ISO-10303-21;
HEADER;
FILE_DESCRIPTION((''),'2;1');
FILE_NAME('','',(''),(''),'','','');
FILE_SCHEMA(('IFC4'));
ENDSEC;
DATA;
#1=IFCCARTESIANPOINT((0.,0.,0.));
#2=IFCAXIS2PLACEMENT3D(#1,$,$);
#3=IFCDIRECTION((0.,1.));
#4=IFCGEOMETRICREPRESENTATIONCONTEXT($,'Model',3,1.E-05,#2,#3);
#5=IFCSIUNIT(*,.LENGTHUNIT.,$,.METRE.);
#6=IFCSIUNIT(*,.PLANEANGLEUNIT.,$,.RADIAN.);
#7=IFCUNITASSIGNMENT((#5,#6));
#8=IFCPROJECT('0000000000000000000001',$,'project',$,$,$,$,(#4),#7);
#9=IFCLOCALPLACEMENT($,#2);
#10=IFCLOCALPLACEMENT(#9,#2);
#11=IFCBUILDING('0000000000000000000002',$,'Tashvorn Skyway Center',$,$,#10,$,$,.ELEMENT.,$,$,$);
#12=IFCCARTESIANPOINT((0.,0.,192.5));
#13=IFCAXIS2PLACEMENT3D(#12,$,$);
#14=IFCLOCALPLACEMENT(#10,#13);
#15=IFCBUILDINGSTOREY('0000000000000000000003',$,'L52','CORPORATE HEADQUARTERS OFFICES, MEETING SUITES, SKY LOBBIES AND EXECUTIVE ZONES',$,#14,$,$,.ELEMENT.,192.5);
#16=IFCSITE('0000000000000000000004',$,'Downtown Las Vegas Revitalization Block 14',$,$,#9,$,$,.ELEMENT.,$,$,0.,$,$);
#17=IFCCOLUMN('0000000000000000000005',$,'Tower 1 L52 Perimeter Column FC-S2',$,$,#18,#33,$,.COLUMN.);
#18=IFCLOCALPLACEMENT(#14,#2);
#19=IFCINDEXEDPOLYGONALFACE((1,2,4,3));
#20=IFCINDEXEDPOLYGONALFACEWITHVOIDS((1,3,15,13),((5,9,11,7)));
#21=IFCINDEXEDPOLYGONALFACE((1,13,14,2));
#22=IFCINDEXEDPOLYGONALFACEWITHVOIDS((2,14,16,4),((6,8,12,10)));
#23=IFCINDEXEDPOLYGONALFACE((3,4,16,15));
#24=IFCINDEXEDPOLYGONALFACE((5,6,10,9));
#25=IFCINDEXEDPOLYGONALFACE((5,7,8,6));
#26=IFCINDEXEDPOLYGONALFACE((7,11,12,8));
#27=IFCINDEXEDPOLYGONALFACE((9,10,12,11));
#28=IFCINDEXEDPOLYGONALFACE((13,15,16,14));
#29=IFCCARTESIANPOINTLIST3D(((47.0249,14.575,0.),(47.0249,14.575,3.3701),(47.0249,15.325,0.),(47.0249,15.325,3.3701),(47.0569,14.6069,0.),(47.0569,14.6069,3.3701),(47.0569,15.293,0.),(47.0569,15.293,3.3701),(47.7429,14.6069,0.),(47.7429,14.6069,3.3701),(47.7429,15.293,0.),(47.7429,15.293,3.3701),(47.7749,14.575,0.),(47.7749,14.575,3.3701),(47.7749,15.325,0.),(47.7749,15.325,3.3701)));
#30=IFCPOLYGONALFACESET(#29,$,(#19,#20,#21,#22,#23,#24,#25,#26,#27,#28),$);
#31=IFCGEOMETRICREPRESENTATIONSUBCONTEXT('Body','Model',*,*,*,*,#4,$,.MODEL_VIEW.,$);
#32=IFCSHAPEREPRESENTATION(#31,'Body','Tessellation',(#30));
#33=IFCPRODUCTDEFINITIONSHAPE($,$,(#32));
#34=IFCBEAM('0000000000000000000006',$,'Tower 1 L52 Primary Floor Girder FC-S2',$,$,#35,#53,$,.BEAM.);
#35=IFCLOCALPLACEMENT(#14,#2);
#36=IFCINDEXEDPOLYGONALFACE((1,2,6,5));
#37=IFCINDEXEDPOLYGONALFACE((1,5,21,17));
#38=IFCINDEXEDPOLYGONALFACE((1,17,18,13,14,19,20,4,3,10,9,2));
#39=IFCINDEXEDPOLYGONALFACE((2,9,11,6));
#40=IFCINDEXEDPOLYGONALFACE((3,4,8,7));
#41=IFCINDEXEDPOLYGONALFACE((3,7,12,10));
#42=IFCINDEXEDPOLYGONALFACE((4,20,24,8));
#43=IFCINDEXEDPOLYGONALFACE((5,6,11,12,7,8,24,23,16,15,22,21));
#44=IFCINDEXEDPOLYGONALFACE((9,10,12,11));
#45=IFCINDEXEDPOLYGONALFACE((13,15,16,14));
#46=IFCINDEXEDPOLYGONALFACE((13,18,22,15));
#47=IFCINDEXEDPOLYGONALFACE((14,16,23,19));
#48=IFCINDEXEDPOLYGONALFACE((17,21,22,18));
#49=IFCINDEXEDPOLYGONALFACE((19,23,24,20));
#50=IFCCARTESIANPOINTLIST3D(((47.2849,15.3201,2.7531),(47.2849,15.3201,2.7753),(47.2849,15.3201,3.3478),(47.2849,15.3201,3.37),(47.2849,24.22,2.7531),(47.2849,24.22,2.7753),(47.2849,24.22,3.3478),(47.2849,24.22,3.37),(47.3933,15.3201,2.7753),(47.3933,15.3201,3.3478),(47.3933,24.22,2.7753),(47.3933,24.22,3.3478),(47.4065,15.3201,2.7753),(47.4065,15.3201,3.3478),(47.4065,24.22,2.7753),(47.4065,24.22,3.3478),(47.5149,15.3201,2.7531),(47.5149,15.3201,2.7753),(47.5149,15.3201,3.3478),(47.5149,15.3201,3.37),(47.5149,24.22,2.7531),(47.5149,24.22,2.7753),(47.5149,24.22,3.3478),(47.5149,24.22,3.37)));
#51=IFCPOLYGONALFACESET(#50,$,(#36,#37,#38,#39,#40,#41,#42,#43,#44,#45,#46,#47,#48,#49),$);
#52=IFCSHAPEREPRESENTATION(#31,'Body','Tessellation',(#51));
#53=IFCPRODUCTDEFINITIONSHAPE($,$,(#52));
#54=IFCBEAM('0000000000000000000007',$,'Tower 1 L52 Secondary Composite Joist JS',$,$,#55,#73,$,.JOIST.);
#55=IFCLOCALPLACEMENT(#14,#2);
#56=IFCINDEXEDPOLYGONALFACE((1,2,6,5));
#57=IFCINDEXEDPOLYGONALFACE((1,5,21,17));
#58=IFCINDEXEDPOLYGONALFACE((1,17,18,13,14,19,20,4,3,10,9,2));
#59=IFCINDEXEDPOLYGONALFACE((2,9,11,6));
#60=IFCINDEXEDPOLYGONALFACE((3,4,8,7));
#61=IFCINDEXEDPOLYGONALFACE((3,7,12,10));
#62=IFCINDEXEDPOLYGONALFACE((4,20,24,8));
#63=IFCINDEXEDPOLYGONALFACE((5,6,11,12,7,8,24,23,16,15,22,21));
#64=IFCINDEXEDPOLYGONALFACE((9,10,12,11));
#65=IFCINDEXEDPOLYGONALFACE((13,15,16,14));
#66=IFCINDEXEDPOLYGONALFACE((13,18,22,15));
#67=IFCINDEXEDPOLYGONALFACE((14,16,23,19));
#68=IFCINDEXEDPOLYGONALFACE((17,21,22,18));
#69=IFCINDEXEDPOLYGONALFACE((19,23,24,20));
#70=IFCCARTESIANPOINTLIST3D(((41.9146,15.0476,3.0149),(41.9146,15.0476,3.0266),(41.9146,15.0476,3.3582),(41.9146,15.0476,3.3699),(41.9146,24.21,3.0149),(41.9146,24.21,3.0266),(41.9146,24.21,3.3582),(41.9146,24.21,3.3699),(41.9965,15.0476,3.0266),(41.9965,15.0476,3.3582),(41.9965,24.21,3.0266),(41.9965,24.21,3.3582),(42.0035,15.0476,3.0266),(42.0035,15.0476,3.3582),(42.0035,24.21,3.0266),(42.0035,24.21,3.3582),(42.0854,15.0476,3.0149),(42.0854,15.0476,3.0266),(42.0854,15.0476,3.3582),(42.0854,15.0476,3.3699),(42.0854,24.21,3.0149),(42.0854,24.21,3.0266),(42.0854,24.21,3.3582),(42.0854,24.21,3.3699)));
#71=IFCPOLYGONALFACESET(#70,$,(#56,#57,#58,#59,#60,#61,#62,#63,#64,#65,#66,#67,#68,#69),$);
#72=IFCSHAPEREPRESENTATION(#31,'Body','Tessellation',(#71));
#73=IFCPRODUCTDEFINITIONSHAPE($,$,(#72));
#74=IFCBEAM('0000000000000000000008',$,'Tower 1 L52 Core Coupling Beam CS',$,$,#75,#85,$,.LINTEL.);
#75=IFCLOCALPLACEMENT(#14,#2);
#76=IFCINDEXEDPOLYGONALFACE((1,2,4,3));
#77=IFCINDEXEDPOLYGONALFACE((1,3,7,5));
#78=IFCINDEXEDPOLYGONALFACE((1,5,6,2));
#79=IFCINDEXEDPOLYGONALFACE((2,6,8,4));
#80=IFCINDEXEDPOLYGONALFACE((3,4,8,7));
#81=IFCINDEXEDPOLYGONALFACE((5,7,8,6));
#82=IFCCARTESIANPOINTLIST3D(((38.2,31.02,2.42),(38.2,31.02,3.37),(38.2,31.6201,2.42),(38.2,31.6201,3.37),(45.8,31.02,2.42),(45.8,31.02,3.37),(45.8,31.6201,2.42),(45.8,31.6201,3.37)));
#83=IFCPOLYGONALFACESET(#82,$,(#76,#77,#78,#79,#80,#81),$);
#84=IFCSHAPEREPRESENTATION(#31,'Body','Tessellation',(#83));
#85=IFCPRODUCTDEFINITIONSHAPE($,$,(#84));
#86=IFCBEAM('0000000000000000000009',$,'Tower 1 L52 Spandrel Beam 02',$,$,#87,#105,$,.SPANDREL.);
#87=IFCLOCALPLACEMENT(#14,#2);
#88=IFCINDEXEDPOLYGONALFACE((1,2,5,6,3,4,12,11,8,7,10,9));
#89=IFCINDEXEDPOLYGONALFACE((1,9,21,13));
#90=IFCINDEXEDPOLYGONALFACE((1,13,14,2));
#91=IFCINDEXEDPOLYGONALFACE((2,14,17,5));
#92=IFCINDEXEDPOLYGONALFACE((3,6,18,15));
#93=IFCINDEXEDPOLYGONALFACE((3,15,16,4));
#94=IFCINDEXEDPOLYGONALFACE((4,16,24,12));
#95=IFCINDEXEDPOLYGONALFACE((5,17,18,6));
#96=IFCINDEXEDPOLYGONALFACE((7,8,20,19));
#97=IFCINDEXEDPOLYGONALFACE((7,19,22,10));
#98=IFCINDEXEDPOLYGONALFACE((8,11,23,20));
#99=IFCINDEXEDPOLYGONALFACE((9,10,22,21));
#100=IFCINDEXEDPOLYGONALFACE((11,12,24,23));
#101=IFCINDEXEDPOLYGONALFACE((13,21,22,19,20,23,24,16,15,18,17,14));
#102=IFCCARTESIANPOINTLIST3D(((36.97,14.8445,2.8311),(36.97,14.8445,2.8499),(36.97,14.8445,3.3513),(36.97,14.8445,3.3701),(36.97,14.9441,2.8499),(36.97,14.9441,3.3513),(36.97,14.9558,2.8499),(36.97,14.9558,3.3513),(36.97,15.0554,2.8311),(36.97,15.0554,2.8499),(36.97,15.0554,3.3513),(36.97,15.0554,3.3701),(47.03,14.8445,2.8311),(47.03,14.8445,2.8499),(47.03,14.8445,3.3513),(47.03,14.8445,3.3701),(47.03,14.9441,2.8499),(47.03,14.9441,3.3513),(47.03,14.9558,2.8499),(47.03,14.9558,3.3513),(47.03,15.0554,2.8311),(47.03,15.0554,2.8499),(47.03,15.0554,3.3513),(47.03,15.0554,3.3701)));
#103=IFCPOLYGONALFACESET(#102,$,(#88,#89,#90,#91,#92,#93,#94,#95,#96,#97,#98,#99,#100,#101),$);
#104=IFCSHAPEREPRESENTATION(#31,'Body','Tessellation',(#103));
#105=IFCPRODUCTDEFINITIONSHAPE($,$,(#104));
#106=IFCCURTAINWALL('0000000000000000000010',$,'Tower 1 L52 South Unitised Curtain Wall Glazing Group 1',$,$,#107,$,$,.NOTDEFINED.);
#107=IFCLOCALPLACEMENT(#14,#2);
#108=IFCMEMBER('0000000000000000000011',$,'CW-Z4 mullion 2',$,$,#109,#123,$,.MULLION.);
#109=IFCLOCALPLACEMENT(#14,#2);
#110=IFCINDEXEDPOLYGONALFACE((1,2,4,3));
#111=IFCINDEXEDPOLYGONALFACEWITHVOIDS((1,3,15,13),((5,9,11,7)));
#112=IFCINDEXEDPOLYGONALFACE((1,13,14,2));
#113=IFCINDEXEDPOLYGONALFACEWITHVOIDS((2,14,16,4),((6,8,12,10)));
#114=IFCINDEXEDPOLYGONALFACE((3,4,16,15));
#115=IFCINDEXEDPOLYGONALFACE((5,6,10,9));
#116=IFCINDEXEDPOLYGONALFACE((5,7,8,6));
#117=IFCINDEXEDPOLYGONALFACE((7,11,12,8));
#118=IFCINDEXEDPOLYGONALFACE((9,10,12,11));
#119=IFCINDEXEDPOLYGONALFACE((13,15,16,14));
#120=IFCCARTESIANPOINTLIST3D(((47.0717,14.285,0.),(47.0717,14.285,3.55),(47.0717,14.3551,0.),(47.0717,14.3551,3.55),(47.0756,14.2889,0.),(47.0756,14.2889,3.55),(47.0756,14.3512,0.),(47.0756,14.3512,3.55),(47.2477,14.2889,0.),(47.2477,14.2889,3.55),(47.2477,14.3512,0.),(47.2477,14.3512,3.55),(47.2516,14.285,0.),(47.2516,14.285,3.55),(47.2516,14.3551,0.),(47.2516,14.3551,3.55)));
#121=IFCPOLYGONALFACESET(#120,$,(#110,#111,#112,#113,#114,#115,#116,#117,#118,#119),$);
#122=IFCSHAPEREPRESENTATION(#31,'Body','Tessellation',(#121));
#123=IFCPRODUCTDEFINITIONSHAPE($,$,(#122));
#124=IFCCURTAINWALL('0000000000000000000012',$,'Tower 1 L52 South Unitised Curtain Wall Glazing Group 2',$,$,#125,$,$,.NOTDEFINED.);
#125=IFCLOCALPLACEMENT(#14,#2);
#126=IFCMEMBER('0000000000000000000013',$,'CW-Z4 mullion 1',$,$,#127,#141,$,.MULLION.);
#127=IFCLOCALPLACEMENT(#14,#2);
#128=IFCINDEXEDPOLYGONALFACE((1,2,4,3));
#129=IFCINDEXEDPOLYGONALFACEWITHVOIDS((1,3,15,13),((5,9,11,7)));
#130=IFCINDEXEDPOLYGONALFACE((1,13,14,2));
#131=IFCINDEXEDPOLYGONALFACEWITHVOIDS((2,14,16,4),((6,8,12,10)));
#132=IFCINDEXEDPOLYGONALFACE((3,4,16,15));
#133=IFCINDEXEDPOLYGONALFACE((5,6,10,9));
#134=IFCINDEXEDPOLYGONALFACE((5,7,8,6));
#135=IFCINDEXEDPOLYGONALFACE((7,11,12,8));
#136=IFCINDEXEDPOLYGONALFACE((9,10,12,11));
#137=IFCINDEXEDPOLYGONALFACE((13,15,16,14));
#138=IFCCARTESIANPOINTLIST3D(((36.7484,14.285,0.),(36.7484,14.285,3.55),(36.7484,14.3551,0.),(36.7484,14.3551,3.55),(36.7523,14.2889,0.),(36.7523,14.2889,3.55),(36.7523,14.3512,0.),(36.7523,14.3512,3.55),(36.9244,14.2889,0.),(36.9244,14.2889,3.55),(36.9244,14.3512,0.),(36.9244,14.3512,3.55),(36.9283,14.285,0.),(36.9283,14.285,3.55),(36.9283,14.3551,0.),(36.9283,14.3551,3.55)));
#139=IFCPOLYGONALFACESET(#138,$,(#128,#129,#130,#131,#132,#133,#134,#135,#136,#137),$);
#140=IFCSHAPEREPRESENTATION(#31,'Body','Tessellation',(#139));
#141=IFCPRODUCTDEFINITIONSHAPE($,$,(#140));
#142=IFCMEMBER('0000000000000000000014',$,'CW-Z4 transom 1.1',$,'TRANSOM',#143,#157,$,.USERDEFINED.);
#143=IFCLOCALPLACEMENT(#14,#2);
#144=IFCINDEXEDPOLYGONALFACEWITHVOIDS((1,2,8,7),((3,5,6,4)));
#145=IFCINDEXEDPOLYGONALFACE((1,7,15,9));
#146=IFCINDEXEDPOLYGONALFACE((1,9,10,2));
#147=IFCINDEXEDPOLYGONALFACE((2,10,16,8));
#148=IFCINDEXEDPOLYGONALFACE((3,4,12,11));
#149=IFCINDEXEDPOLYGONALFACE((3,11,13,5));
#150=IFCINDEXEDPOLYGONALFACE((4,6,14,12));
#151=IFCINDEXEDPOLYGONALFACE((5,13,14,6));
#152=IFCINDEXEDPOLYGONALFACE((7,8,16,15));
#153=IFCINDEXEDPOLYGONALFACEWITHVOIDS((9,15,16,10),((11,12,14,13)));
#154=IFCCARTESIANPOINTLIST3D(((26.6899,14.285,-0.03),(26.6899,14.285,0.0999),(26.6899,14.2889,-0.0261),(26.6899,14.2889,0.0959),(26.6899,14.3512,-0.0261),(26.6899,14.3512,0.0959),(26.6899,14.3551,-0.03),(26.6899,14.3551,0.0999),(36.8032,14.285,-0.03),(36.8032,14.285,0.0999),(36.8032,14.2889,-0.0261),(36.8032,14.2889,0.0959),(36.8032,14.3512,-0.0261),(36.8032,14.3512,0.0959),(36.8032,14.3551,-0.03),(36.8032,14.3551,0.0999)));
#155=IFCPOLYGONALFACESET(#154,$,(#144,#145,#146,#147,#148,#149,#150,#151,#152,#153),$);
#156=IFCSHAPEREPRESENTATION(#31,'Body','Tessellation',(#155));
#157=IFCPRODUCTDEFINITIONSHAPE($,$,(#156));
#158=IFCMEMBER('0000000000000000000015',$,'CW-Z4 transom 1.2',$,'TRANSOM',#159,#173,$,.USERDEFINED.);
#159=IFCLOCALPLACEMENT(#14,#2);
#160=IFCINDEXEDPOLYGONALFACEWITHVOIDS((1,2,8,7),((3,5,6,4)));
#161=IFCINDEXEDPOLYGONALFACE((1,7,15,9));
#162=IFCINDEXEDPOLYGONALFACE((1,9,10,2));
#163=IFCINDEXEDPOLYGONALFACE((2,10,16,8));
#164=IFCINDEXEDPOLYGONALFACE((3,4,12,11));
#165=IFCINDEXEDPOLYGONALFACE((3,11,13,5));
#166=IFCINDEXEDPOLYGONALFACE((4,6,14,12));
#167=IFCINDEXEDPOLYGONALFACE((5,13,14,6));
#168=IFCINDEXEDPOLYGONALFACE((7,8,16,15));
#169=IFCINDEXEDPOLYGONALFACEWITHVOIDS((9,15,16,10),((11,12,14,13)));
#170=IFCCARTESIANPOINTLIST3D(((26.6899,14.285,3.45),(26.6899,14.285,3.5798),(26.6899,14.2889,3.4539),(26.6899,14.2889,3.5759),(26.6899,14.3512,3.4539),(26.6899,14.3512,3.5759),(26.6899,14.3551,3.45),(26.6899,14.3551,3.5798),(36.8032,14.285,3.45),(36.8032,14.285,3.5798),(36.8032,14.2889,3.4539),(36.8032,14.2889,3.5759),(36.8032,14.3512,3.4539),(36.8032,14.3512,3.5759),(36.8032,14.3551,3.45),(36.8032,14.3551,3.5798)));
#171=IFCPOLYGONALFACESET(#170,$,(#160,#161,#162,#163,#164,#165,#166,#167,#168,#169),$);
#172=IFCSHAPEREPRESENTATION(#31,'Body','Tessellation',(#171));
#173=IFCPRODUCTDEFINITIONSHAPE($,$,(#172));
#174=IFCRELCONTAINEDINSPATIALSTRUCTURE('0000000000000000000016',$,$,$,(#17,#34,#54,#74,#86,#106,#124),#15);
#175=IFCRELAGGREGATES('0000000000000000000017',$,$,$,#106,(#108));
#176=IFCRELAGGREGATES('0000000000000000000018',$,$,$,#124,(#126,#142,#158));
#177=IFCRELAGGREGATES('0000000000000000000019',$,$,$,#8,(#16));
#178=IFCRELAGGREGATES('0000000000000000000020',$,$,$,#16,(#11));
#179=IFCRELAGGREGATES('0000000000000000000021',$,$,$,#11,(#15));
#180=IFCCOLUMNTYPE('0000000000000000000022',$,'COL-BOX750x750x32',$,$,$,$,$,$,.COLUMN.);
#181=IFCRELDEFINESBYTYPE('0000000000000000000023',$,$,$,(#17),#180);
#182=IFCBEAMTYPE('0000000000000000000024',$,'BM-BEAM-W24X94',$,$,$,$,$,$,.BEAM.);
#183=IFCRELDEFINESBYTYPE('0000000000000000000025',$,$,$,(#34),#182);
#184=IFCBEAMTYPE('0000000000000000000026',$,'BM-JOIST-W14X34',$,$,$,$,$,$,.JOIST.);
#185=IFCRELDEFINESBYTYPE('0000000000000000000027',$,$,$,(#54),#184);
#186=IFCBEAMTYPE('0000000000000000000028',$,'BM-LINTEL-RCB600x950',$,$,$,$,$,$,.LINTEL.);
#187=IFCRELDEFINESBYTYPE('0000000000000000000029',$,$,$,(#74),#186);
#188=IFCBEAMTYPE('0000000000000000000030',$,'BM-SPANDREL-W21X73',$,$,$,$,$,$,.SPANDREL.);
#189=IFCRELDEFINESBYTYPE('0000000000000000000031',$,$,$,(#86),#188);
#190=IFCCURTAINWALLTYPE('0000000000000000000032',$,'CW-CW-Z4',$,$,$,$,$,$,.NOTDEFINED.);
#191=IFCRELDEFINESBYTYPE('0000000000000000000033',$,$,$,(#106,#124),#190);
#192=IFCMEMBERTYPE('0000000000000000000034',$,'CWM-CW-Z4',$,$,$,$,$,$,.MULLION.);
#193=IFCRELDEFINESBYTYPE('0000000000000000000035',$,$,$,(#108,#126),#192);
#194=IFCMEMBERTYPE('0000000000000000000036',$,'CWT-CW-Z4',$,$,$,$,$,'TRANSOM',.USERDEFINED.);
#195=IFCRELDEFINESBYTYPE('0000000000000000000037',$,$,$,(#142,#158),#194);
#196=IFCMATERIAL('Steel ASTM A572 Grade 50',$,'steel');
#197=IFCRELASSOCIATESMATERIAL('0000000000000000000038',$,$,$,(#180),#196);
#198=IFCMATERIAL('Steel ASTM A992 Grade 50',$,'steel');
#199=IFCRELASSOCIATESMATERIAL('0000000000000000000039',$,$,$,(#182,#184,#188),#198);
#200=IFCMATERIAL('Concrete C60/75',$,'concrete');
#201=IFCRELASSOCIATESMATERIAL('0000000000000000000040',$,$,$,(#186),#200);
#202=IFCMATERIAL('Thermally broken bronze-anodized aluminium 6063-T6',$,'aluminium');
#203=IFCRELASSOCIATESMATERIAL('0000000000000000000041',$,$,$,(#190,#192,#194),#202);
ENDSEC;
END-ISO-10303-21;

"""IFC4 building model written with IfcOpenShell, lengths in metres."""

from ifc_helpers import new_model, si_unit, direction, frame, origin, origin_2d, place, context, subcontext, project, spatial, rectangle, hollow_rectangle, i_section, extrude, material, material_profile, profile_set, type_object, element, aggregate, save


model = new_model("IFC4")

# Units and contexts
model_context = context("Model", 3, precision=1e-05, world=origin(), true_north=direction((0.0, 1.0)))
body_context = subcontext(model_context, "Body", "Model", "MODEL_VIEW")
ifc_project = project(units=[si_unit("LENGTHUNIT", "METRE"), si_unit("PLANEANGLEUNIT", "RADIAN")], contexts=[model_context])

# Site, building, storey
site_placement = place(None, origin())
site = spatial("IfcSite", under=ifc_project, at=site_placement, Name="Downtown Las Vegas Revitalization Block 14", CompositionType="ELEMENT", RefElevation=0.0)
building_placement = place(site_placement, origin())
building = spatial("IfcBuilding", under=site, at=building_placement, Name="Tashvorn Skyway Center", CompositionType="ELEMENT")
storey_placement = place(building_placement, frame((0.0, 0.0, 192.5)))
storey = spatial("IfcBuildingStorey", under=building, at=storey_placement, Name="L52", Description="CORPORATE HEADQUARTERS OFFICES, MEETING SUITES, SKY LOBBIES AND EXECUTIVE ZONES", CompositionType="ELEMENT", Elevation=192.5)

# Column
ifc_material_1 = material(Name="Steel ASTM A572 Grade 50", Category="steel")
ifc_material_profile_1 = material_profile(ifc_material_1, hollow_rectangle(XDim=0.75, YDim=0.75, WallThickness=0.032, at=origin_2d()), Name="BOX750x750x32")
ifc_profile_set_1 = profile_set([ifc_material_profile_1], Name="Steel ASTM A572 Grade 50")
column_type = type_object("IfcColumnType", Name="COL-BOX750x750x32", PredefinedType="COLUMN", material=ifc_profile_set_1)
column_placement = place(storey_placement, frame((47.3999, 14.95, 0.0), z_axis=(0.0, 0.0, 1.0), x_axis=(1.0, 0.0, 0.0)))
element("IfcColumn", 1, at=column_placement, inside=storey, type_object=column_type, Name="Tower 1 L52 Perimeter Column FC-S2", PredefinedType="COLUMN", context=body_context, shape_type="SweptSolid", body=[
    extrude(hollow_rectangle(XDim=0.75, YDim=0.75, WallThickness=0.032, at=origin_2d()), origin(), (0.0, 0.0, 1.0), 3.3701),
])

# Beams
ifc_material_2 = material(Name="Steel ASTM A992 Grade 50", Category="steel")
ifc_material_profile_2 = material_profile(ifc_material_2, i_section(OverallWidth=0.23, OverallDepth=0.6169, WebThickness=0.0132, FlangeThickness=0.0222, at=origin_2d()), Name="W24X94")
ifc_profile_set_2 = profile_set([ifc_material_profile_2], Name="Steel ASTM A992 Grade 50")
beam_type_1 = type_object("IfcBeamType", Name="BM-BEAM-W24X94", PredefinedType="BEAM", material=ifc_profile_set_2)
beam_1_placement = place(storey_placement, frame((47.3999, 15.3201, 3.0615), z_axis=(0.0, 1.0, 0.0), x_axis=(-1.0, 0.0, 0.0)))
element("IfcBeam", 2, at=beam_1_placement, inside=storey, type_object=beam_type_1, Name="Tower 1 L52 Primary Floor Girder FC-S2", PredefinedType="BEAM", context=body_context, shape_type="SweptSolid", body=[
    extrude(i_section(OverallWidth=0.23, OverallDepth=0.6169, WebThickness=0.0132, FlangeThickness=0.0222, at=origin_2d()), origin(), (0.0, 0.0, 1.0), 8.8999),
])
ifc_material_profile_3 = material_profile(ifc_material_2, i_section(OverallWidth=0.1709, OverallDepth=0.355, WebThickness=0.0071, FlangeThickness=0.0117, at=origin_2d()), Name="W14X34")
ifc_profile_set_3 = profile_set([ifc_material_profile_3], Name="Steel ASTM A992 Grade 50")
beam_type_2 = type_object("IfcBeamType", Name="BM-JOIST-W14X34", PredefinedType="JOIST", material=ifc_profile_set_3)
beam_2_placement = place(storey_placement, frame((42.0, 24.21, 3.1924), z_axis=(0.0, -1.0, 0.0), x_axis=(1.0, 0.0, 0.0)))
element("IfcBeam", 3, at=beam_2_placement, inside=storey, type_object=beam_type_2, Name="Tower 1 L52 Secondary Composite Joist JS", PredefinedType="JOIST", context=body_context, shape_type="SweptSolid", body=[
    extrude(i_section(OverallWidth=0.1709, OverallDepth=0.355, WebThickness=0.0071, FlangeThickness=0.0117, at=origin_2d()), origin(), (0.0, 0.0, 1.0), 9.1624),
])
ifc_material_3 = material(Name="Concrete C60/75", Category="concrete")
ifc_material_profile_4 = material_profile(ifc_material_3, rectangle(XDim=0.6001, YDim=0.95, at=origin_2d()), Name="RCB600x950")
ifc_profile_set_4 = profile_set([ifc_material_profile_4], Name="Concrete C60/75")
beam_type_3 = type_object("IfcBeamType", Name="BM-LINTEL-RCB600x950", PredefinedType="LINTEL", material=ifc_profile_set_4)
beam_3_placement = place(storey_placement, frame((38.2, 31.3201, 2.895), z_axis=(1.0, 0.0, 0.0), x_axis=(0.0, 1.0, 0.0)))
element("IfcBeam", 4, at=beam_3_placement, inside=storey, type_object=beam_type_3, Name="Tower 1 L52 Core Coupling Beam CS", PredefinedType="LINTEL", context=body_context, shape_type="SweptSolid", body=[
    extrude(rectangle(XDim=0.6001, YDim=0.95, at=origin_2d()), origin(), (0.0, 0.0, 1.0), 7.6001),
])
ifc_material_profile_5 = material_profile(ifc_material_2, i_section(OverallWidth=0.2109, OverallDepth=0.5391, WebThickness=0.0117, FlangeThickness=0.0188, at=origin_2d()), Name="W21X73")
ifc_profile_set_5 = profile_set([ifc_material_profile_5], Name="Steel ASTM A992 Grade 50")
beam_type_4 = type_object("IfcBeamType", Name="BM-SPANDREL-W21X73", PredefinedType="SPANDREL", material=ifc_profile_set_5)
beam_4_placement = place(storey_placement, frame((36.97, 14.95, 3.1006), z_axis=(1.0, 0.0, 0.0), x_axis=(0.0, 1.0, 0.0)))
element("IfcBeam", 5, at=beam_4_placement, inside=storey, type_object=beam_type_4, Name="Tower 1 L52 Spandrel Beam 02", PredefinedType="SPANDREL", context=body_context, shape_type="SweptSolid", body=[
    extrude(i_section(OverallWidth=0.2109, OverallDepth=0.5391, WebThickness=0.0117, FlangeThickness=0.0188, at=origin_2d()), origin(), (0.0, 0.0, 1.0), 10.0601),
])

# Curtain wall, member
ifc_material_4 = material(Name="Thermally broken bronze-anodized aluminium 6063-T6", Category="aluminium")
curtain_wall_type = type_object("IfcCurtainWallType", Name="CW-CW-Z4", PredefinedType="NOTDEFINED", material=ifc_material_4)
curtain_wall_1_placement = place(storey_placement, origin())
curtain_wall_1 = element("IfcCurtainWall", 6, at=curtain_wall_1_placement, inside=storey, type_object=curtain_wall_type, Name="Tower 1 L52 South Unitised Curtain Wall Glazing Group 1", PredefinedType="NOTDEFINED")
ifc_material_profile_6 = material_profile(ifc_material_4, hollow_rectangle(XDim=0.0701, YDim=0.1799, WallThickness=0.0039, at=origin_2d()), Name="ALU-MULL-70x180")
ifc_profile_set_6 = profile_set([ifc_material_profile_6], Name="Thermally broken bronze-anodized aluminium 6063-T6")
member_type_1 = type_object("IfcMemberType", Name="CWM-CW-Z4", PredefinedType="MULLION", material=ifc_profile_set_6)
member_1_placement = place(storey_placement, frame((47.1616, 14.3201, 0.0), z_axis=(0.0, 0.0, 1.0), x_axis=(0.0, -1.0, 0.0)))
member_1 = element("IfcMember", 7, at=member_1_placement, type_object=member_type_1, Name="CW-Z4 mullion 2", PredefinedType="MULLION", context=body_context, shape_type="SweptSolid", body=[
    extrude(hollow_rectangle(XDim=0.0701, YDim=0.1799, WallThickness=0.0039, at=origin_2d()), origin(), (0.0, 0.0, 1.0), 3.55),
])
aggregate(curtain_wall_1, [member_1])

# Curtain wall, members
curtain_wall_2_placement = place(storey_placement, origin())
curtain_wall_2 = element("IfcCurtainWall", 8, at=curtain_wall_2_placement, inside=storey, type_object=curtain_wall_type, Name="Tower 1 L52 South Unitised Curtain Wall Glazing Group 2", PredefinedType="NOTDEFINED")
member_2_placement = place(storey_placement, frame((36.8384, 14.3201, 0.0), z_axis=(0.0, 0.0, 1.0), x_axis=(0.0, -1.0, 0.0)))
member_2 = element("IfcMember", 9, at=member_2_placement, type_object=member_type_1, Name="CW-Z4 mullion 1", PredefinedType="MULLION", context=body_context, shape_type="SweptSolid", body=[
    extrude(hollow_rectangle(XDim=0.0701, YDim=0.1799, WallThickness=0.0039, at=origin_2d()), origin(), (0.0, 0.0, 1.0), 3.55),
])
ifc_material_profile_7 = material_profile(ifc_material_4, hollow_rectangle(XDim=0.0701, YDim=0.1299, WallThickness=0.0039, at=origin_2d()), Name="ALU-TRAN-70x130")
ifc_profile_set_7 = profile_set([ifc_material_profile_7], Name="Thermally broken bronze-anodized aluminium 6063-T6")
member_type_2 = type_object("IfcMemberType", Name="CWT-CW-Z4", ElementType="TRANSOM", PredefinedType="USERDEFINED", material=ifc_profile_set_7)
member_3_placement = place(storey_placement, frame((36.8032, 14.3201, 0.0349), z_axis=(-1.0, 0.0, 0.0), x_axis=(0.0, -1.0, 0.0)))
member_3 = element("IfcMember", 10, at=member_3_placement, type_object=member_type_2, Name="CW-Z4 transom 1.1", ObjectType="TRANSOM", PredefinedType="USERDEFINED", context=body_context, shape_type="SweptSolid", body=[
    extrude(hollow_rectangle(XDim=0.0701, YDim=0.1299, WallThickness=0.0039, at=origin_2d()), origin(), (0.0, 0.0, 1.0), 10.1133),
])
member_4_placement = place(storey_placement, frame((36.8032, 14.3201, 3.5149), z_axis=(-1.0, 0.0, 0.0), x_axis=(0.0, -1.0, 0.0)))
member_4 = element("IfcMember", 11, at=member_4_placement, type_object=member_type_2, Name="CW-Z4 transom 1.2", ObjectType="TRANSOM", PredefinedType="USERDEFINED", context=body_context, shape_type="SweptSolid", body=[
    extrude(hollow_rectangle(XDim=0.0701, YDim=0.1299, WallThickness=0.0039, at=origin_2d()), origin(), (0.0, 0.0, 1.0), 10.1133),
])
aggregate(curtain_wall_2, [member_2, member_3, member_4])

save(model, "model.ifc")
